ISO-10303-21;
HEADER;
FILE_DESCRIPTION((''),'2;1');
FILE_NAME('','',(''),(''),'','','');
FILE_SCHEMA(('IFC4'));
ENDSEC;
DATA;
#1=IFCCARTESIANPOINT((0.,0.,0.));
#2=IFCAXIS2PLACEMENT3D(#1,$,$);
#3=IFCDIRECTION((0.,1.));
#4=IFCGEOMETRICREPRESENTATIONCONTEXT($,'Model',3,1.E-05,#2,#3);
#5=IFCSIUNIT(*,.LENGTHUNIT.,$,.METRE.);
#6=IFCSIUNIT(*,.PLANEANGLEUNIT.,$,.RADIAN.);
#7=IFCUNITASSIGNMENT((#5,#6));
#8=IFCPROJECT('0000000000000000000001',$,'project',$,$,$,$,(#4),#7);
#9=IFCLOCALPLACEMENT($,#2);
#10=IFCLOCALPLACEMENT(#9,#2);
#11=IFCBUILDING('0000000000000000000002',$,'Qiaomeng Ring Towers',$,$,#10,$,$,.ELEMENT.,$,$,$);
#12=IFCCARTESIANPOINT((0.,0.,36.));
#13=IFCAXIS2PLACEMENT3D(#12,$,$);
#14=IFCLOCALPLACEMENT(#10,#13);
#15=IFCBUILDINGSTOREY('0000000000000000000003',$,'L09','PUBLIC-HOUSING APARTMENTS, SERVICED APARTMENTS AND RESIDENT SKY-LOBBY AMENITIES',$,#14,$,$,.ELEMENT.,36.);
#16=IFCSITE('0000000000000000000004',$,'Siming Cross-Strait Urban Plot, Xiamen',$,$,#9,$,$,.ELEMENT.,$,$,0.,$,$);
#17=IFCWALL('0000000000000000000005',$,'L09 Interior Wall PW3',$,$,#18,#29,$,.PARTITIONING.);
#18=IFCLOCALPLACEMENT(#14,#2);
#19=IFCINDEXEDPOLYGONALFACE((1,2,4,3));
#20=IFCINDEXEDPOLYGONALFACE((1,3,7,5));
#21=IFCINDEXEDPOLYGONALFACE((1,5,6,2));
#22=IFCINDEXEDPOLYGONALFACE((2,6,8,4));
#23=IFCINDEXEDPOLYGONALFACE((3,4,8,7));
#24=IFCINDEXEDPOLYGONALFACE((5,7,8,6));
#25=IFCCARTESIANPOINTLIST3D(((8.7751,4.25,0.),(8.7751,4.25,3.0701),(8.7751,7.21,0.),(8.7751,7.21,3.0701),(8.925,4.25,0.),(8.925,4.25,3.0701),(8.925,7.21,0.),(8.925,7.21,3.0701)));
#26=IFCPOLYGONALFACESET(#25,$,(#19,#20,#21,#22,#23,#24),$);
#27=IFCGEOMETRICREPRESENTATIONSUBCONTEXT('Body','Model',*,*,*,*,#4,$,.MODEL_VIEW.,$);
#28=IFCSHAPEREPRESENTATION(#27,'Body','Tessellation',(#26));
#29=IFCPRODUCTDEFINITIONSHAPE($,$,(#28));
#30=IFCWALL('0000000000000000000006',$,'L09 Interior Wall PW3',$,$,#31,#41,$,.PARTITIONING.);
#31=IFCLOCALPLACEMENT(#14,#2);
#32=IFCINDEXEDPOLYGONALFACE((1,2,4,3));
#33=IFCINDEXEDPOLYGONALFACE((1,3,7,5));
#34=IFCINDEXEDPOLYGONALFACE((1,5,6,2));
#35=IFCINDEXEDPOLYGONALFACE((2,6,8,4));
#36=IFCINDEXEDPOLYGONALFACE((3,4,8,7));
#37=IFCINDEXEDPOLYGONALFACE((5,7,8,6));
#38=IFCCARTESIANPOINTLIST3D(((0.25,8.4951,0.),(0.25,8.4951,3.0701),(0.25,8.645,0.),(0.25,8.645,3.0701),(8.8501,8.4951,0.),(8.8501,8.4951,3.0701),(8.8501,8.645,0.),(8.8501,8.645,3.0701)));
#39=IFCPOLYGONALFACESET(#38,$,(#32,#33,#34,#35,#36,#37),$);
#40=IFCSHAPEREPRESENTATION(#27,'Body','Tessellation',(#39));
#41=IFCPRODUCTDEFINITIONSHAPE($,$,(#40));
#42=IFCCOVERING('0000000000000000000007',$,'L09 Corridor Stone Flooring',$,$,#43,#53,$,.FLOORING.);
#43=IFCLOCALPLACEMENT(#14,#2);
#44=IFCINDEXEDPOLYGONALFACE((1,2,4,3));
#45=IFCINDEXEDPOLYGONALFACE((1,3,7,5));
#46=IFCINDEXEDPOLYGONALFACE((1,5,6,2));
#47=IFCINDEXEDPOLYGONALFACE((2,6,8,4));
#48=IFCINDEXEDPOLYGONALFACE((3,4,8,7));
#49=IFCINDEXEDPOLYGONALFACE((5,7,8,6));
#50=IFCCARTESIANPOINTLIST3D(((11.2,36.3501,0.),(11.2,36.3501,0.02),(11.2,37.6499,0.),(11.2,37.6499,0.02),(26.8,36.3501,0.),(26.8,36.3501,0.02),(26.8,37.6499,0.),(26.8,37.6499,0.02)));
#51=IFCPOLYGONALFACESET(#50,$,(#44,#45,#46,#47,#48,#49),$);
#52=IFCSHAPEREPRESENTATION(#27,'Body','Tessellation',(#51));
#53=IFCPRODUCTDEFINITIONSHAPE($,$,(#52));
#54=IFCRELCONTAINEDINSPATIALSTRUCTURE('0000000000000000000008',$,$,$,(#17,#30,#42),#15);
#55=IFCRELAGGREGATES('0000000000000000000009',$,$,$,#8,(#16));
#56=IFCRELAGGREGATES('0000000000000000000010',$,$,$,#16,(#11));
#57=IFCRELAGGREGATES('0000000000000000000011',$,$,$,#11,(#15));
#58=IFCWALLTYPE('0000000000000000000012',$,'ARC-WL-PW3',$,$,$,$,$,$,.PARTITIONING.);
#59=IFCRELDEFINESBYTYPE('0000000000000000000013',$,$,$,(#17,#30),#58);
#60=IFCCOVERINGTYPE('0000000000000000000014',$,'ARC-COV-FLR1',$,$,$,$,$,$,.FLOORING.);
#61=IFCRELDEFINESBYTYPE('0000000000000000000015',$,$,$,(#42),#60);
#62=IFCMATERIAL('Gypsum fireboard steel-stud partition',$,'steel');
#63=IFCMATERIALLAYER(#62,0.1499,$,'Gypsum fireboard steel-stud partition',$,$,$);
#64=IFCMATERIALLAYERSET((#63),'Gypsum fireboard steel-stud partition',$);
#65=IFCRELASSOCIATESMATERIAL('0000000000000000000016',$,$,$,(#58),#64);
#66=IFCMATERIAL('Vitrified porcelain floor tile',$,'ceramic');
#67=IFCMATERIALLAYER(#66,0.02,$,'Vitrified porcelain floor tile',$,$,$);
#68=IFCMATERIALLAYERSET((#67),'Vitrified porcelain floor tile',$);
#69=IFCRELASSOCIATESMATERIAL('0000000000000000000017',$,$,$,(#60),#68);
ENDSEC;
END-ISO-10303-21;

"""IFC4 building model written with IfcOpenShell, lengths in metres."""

from ifc_helpers import new_model, si_unit, direction, frame, frame_2d, origin, place, context, subcontext, project, spatial, polyline, rectangle, outline, extrude, material, layer, layer_set, type_object, element, save


model = new_model("IFC4")

# Units and contexts
model_context = context("Model", 3, precision=1e-05, world=origin(), true_north=direction((0.0, 1.0)))
body_context = subcontext(model_context, "Body", "Model", "MODEL_VIEW")
ifc_project = project(units=[si_unit("LENGTHUNIT", "METRE"), si_unit("PLANEANGLEUNIT", "RADIAN")], contexts=[model_context])

# Site, building, storey
site_placement = place(None, origin())
site = spatial("IfcSite", under=ifc_project, at=site_placement, Name="Siming Cross-Strait Urban Plot, Xiamen", CompositionType="ELEMENT", RefElevation=0.0)
building_placement = place(site_placement, origin())
building = spatial("IfcBuilding", under=site, at=building_placement, Name="Qiaomeng Ring Towers", CompositionType="ELEMENT")
storey_placement = place(building_placement, frame((0.0, 0.0, 36.0)))
storey = spatial("IfcBuildingStorey", under=building, at=storey_placement, Name="L09", Description="PUBLIC-HOUSING APARTMENTS, SERVICED APARTMENTS AND RESIDENT SKY-LOBBY AMENITIES", CompositionType="ELEMENT", Elevation=36.0)

# Walls
ifc_material_1 = material(Name="Gypsum fireboard steel-stud partition", Category="steel")
ifc_layer_1 = layer(ifc_material_1, 0.1499, Name="Gypsum fireboard steel-stud partition")
ifc_layer_set_1 = layer_set([ifc_layer_1], Name="Gypsum fireboard steel-stud partition")
wall_type_1 = type_object("IfcWallType", Name="ARC-WL-PW3", PredefinedType="PARTITIONING", material=ifc_layer_set_1)
wall_1_placement = place(storey_placement, frame((8.8501, 4.25, 0.0), z_axis=(0.0, 0.0, 1.0), x_axis=(0.0, 1.0, 0.0)))
element("IfcWall", 1, at=wall_1_placement, inside=storey, type_object=wall_type_1, Name="L09 Interior Wall PW3", PredefinedType="PARTITIONING", context=body_context, shape_type="SweptSolid", body=[
    extrude(rectangle(XDim=2.96, YDim=0.1499, at=frame_2d((1.48, 0.0))), origin(), (0.0, 0.0, 1.0), 3.0701),
])
wall_2_placement = place(storey_placement, frame((0.25, 8.5701, 0.0), z_axis=(0.0, 0.0, 1.0), x_axis=(1.0, 0.0, 0.0)))
element("IfcWall", 2, at=wall_2_placement, inside=storey, type_object=wall_type_1, Name="L09 Interior Wall PW3", PredefinedType="PARTITIONING", context=body_context, shape_type="SweptSolid", body=[
    extrude(rectangle(XDim=8.6001, YDim=0.1499, at=frame_2d((4.3, 0.0))), origin(), (0.0, 0.0, 1.0), 3.0701),
])

# Covering
ifc_material_2 = material(Name="Vitrified porcelain floor tile", Category="ceramic")
ifc_layer_2 = layer(ifc_material_2, 0.02, Name="Vitrified porcelain floor tile")
ifc_layer_set_2 = layer_set([ifc_layer_2], Name="Vitrified porcelain floor tile")
covering_type = type_object("IfcCoveringType", Name="ARC-COV-FLR1", PredefinedType="FLOORING", material=ifc_layer_set_2)
covering_placement = place(storey_placement, origin())
element("IfcCovering", 3, at=covering_placement, inside=storey, type_object=covering_type, Name="L09 Corridor Stone Flooring", PredefinedType="FLOORING", context=body_context, shape_type="SweptSolid", body=[
    extrude(outline(polyline([(11.2, 36.3501), (11.2, 37.6499), (26.8, 37.6499), (26.8, 36.3501), (11.2, 36.3501)])), origin(), (0.0, 0.0, 1.0), 0.02),
])

save(model, "model.ifc")
